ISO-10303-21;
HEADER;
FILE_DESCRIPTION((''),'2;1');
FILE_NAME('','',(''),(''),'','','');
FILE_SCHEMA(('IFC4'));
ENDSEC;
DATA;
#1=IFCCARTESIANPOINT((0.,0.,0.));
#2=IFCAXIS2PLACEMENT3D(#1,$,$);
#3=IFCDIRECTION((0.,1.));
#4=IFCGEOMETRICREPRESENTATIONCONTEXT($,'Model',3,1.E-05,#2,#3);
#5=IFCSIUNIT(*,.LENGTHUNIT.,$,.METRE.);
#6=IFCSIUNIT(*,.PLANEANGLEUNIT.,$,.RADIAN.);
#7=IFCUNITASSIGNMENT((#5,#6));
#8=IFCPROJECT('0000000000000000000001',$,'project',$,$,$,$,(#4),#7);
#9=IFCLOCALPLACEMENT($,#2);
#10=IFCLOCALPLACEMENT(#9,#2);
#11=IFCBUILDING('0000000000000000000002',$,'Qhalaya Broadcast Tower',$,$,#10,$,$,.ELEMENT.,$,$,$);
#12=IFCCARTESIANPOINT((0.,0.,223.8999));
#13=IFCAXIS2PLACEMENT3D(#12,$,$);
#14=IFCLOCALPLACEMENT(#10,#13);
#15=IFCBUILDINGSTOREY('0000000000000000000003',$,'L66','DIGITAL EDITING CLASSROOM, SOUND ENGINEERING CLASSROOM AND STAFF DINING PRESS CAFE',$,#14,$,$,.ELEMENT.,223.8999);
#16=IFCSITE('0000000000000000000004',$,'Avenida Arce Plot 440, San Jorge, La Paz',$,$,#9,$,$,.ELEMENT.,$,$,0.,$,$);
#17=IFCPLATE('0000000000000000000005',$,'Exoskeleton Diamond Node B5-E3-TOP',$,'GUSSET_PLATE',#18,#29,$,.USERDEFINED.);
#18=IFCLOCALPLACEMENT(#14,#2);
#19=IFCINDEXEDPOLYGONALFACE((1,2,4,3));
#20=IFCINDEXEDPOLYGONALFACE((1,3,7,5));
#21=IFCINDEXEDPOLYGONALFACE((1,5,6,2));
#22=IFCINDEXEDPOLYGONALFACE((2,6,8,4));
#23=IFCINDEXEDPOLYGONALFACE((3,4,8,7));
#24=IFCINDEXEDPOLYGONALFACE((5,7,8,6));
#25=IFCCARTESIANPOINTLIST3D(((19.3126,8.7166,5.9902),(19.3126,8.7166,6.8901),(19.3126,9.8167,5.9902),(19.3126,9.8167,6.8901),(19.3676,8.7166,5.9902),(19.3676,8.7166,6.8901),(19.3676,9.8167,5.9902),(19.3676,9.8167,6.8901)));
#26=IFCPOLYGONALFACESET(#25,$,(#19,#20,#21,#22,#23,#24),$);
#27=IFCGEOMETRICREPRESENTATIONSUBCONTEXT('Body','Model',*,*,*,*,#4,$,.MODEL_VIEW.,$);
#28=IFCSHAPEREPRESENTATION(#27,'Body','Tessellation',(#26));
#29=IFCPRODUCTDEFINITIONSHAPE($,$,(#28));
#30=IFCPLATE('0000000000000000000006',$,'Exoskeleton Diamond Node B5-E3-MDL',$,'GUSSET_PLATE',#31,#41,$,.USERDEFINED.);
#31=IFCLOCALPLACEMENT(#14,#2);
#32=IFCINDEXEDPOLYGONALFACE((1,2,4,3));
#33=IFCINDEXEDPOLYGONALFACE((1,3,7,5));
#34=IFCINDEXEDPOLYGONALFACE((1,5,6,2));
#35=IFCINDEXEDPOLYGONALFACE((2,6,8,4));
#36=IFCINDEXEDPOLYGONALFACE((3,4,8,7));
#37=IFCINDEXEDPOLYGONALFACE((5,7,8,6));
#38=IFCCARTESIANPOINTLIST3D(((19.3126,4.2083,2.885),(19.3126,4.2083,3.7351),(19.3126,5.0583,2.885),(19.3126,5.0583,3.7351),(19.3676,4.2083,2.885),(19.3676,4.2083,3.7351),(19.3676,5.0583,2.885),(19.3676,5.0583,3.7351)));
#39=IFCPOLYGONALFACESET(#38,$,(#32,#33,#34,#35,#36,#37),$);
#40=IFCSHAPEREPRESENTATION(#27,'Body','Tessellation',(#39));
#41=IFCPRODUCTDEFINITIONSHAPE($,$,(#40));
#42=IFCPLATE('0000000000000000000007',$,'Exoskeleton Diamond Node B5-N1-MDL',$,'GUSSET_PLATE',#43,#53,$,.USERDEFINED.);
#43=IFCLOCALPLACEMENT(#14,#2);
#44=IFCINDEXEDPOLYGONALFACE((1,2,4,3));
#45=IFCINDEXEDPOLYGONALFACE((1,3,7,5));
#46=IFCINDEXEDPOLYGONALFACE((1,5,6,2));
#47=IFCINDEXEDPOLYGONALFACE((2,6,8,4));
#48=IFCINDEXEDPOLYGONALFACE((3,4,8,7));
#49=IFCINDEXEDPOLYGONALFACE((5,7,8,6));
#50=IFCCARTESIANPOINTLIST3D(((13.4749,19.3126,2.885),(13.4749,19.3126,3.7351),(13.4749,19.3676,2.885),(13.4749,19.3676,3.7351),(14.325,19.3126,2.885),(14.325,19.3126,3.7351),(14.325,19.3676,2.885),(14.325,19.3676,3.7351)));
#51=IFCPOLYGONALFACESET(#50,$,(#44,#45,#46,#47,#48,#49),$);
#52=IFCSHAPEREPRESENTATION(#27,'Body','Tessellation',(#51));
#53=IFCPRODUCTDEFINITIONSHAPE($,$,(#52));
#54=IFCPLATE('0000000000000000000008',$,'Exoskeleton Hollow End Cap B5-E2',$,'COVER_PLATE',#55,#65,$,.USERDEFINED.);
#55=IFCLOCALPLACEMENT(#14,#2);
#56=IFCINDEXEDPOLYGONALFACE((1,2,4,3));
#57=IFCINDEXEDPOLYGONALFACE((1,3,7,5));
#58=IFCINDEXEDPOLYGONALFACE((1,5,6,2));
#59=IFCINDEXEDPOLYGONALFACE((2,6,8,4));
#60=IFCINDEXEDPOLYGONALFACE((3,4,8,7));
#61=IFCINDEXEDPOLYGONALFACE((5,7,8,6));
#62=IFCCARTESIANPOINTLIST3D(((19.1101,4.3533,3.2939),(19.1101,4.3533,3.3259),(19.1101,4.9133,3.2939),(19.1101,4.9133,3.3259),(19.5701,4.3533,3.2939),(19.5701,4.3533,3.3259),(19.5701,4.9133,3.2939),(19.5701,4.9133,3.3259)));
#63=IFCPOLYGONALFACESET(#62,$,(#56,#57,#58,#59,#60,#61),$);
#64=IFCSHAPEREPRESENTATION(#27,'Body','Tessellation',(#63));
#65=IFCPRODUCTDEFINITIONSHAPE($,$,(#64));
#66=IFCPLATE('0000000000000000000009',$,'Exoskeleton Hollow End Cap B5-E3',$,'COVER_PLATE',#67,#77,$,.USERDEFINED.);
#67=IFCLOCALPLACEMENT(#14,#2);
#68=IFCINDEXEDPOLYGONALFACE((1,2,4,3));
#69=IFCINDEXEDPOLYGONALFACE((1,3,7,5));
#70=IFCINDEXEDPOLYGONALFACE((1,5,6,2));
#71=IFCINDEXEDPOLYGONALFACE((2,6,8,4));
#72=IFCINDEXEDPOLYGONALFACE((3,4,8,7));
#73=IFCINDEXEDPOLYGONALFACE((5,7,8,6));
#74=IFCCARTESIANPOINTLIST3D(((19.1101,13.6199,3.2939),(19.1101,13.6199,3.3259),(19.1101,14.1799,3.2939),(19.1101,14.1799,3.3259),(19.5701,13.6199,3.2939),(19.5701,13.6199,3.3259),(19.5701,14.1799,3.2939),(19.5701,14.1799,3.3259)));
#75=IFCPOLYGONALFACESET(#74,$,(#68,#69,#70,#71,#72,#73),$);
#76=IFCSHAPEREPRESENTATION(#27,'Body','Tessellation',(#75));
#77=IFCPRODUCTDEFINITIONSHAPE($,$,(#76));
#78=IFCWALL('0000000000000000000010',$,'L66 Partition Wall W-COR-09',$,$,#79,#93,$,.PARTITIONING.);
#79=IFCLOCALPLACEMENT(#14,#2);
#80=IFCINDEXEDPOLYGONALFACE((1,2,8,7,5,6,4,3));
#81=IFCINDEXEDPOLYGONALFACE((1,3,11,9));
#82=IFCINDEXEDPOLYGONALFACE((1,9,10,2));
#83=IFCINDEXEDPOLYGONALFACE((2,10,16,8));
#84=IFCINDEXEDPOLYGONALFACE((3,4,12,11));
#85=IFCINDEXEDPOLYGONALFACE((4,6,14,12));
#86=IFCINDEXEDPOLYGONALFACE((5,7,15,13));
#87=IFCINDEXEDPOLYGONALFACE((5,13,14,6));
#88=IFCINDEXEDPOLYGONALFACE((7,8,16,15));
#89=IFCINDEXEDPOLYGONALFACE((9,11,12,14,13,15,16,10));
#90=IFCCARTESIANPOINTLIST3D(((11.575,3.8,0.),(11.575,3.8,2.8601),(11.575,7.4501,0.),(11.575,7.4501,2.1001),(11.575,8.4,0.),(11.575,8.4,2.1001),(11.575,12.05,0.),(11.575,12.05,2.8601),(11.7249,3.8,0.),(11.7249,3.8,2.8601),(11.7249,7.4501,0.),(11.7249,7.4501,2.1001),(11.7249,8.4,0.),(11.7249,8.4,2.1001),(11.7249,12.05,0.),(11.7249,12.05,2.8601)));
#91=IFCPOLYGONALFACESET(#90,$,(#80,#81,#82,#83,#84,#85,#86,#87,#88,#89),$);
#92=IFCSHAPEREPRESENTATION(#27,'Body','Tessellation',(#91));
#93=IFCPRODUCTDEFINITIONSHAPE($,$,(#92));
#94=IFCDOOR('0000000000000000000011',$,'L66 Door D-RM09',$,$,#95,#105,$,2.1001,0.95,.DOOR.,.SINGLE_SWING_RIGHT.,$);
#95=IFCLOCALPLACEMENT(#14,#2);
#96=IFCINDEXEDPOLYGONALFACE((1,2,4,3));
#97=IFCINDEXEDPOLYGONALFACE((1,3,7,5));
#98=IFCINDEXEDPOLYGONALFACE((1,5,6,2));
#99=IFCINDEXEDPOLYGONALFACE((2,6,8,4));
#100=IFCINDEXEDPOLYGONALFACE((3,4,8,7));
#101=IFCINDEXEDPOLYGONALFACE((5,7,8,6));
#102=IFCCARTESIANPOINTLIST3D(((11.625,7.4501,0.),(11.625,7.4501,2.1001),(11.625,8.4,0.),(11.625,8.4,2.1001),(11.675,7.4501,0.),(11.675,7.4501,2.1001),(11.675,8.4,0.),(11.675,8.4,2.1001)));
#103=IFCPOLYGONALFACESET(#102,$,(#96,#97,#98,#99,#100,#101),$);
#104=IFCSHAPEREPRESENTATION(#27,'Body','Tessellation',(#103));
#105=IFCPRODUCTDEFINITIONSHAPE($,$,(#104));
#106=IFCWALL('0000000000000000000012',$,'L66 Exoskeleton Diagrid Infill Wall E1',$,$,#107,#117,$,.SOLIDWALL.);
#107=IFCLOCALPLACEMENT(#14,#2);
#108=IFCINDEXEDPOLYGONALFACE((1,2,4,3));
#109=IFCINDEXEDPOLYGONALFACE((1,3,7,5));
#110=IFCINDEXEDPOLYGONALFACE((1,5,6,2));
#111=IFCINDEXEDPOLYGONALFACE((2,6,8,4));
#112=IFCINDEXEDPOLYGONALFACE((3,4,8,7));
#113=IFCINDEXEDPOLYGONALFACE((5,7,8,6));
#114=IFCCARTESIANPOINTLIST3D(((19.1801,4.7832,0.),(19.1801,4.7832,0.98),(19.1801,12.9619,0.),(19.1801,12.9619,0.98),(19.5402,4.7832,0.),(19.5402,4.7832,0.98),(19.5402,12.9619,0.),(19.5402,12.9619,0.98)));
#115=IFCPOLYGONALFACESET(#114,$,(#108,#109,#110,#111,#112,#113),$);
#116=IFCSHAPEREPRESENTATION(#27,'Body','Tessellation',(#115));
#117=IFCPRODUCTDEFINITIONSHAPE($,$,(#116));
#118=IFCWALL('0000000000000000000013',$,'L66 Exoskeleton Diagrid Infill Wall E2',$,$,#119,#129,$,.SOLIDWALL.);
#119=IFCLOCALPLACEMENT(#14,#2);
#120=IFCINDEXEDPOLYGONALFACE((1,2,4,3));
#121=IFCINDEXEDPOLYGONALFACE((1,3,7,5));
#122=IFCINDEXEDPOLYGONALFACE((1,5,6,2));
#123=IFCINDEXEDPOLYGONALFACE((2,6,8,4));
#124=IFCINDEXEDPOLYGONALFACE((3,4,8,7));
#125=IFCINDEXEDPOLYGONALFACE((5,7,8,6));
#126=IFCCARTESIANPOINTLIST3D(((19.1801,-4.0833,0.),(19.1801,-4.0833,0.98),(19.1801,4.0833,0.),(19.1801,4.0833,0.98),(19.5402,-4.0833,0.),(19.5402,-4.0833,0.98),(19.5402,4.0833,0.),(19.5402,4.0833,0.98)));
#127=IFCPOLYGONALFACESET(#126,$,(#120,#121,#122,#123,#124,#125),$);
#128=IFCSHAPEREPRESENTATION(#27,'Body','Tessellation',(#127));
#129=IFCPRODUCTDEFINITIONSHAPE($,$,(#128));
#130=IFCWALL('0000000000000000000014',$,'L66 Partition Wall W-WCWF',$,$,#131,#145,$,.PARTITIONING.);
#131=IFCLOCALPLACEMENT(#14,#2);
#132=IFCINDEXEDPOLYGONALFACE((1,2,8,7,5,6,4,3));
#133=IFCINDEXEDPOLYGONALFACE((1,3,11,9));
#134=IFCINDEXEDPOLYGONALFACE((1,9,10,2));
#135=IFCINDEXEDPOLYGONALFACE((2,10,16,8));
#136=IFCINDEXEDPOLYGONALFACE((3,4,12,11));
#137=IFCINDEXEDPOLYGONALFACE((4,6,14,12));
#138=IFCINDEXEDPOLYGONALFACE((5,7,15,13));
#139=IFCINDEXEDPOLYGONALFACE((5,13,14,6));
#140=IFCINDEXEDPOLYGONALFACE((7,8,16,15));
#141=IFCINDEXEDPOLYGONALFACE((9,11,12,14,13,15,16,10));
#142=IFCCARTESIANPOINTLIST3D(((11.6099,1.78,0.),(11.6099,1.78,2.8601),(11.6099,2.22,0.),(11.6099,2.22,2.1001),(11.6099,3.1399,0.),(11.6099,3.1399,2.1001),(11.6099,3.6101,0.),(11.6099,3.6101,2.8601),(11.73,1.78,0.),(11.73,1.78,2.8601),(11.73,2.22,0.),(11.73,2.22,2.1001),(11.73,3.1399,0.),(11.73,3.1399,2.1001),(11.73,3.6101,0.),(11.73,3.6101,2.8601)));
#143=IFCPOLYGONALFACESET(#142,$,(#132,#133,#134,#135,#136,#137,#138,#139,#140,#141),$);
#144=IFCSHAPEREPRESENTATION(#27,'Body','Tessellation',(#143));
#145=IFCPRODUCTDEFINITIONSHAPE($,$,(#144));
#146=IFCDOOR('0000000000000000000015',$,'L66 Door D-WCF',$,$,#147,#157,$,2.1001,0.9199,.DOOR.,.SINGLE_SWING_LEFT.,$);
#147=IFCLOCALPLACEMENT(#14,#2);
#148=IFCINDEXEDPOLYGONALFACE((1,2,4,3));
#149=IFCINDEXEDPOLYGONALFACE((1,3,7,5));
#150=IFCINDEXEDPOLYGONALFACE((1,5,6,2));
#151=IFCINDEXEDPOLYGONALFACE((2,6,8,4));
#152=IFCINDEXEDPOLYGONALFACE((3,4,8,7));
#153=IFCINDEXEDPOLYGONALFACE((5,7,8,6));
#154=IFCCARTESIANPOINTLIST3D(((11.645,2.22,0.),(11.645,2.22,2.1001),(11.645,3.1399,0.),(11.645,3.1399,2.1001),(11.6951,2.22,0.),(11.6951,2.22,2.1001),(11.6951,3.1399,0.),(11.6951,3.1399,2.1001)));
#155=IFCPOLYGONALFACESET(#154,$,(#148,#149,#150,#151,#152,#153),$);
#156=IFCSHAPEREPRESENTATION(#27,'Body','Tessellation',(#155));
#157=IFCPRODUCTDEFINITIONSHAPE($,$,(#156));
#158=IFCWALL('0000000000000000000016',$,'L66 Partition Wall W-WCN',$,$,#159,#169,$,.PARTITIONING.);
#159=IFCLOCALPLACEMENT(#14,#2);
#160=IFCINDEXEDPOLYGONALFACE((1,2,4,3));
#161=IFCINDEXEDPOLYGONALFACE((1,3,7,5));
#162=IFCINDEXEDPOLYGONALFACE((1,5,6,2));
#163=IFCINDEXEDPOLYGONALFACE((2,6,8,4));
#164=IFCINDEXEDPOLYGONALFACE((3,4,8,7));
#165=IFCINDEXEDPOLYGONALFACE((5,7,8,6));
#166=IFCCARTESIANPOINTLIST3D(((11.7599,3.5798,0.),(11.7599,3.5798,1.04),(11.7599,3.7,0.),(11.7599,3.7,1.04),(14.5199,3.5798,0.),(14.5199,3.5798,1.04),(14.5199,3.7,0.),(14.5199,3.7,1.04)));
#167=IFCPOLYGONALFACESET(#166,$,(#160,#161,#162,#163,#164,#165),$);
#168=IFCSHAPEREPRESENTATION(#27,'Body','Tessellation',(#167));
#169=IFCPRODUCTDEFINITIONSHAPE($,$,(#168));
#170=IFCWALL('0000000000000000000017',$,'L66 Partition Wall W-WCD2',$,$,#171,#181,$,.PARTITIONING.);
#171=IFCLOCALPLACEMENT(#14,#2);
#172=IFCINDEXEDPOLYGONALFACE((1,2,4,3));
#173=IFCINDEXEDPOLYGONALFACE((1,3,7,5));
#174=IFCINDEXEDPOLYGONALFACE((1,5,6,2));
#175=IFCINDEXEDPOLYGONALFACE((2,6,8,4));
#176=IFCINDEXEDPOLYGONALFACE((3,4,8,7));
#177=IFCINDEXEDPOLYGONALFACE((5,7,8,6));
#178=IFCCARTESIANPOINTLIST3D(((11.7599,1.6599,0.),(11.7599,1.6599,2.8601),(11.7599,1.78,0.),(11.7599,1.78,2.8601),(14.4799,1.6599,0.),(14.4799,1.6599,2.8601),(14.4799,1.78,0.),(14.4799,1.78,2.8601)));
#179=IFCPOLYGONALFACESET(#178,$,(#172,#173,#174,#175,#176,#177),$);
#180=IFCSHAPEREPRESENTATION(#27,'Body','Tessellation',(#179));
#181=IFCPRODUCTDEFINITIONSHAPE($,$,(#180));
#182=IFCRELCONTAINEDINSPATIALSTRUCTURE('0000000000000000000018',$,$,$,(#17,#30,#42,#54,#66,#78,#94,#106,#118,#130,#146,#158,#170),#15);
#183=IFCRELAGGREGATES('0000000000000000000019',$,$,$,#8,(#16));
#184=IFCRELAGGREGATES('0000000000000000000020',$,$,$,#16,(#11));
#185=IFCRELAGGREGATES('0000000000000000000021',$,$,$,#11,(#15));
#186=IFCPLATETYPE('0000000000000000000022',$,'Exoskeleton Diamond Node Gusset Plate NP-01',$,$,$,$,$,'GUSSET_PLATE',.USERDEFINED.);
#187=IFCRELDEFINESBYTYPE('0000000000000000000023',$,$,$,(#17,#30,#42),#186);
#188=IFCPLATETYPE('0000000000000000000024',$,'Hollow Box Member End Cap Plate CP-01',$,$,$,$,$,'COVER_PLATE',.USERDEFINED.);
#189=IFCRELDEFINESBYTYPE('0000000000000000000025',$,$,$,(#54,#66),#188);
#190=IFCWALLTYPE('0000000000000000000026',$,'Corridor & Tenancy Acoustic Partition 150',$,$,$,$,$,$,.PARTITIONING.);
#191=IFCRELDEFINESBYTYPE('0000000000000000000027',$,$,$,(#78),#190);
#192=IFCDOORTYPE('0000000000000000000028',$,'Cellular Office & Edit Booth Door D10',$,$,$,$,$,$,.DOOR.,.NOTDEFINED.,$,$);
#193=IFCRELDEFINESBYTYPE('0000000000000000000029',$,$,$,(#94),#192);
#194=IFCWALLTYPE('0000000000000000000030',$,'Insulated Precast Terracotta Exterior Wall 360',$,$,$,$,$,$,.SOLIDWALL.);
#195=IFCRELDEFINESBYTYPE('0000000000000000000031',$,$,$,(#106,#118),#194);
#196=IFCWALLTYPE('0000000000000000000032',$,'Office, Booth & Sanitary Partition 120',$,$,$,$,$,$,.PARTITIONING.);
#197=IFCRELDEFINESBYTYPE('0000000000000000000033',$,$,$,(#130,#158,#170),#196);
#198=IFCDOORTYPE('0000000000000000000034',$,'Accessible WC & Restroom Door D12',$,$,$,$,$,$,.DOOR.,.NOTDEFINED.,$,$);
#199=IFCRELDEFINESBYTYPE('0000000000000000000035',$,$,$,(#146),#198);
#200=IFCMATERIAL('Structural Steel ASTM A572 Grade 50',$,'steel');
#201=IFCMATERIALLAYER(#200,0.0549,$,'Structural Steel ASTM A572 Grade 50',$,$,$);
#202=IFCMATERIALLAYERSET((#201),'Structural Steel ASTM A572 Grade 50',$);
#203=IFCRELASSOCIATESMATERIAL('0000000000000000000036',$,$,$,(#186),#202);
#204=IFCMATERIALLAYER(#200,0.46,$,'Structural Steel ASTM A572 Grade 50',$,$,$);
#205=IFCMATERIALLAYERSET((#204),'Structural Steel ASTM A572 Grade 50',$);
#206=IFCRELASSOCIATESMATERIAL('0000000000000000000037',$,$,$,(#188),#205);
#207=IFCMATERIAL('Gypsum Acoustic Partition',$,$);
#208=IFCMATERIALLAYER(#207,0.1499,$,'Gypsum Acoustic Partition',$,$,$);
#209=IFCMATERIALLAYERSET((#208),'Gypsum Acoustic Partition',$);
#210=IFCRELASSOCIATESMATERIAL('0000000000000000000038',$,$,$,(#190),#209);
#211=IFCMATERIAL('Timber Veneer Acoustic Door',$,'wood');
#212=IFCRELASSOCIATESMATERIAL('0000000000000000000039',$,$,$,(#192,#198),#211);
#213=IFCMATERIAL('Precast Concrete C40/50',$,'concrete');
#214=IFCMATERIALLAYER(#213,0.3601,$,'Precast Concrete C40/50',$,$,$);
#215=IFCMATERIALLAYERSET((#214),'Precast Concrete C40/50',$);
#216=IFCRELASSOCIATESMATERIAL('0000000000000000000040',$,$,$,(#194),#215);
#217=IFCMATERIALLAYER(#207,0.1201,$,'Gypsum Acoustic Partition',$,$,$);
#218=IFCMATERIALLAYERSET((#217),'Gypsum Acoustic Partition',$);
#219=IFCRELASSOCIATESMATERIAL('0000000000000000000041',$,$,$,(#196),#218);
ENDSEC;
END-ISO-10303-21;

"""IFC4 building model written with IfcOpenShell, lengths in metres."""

from ifc_helpers import new_model, si_unit, direction, frame, frame_2d, origin, origin_2d, place, context, subcontext, project, spatial, rectangle, extrude, material, layer, layer_set, type_object, element, fill, save


model = new_model("IFC4")

# Units and contexts
model_context = context("Model", 3, precision=1e-05, world=origin(), true_north=direction((0.0, 1.0)))
body_context = subcontext(model_context, "Body", "Model", "MODEL_VIEW")
ifc_project = project(units=[si_unit("LENGTHUNIT", "METRE"), si_unit("PLANEANGLEUNIT", "RADIAN")], contexts=[model_context])

# Site, building, storey
site_placement = place(None, origin())
site = spatial("IfcSite", under=ifc_project, at=site_placement, Name="Avenida Arce Plot 440, San Jorge, La Paz", CompositionType="ELEMENT", RefElevation=0.0)
building_placement = place(site_placement, origin())
building = spatial("IfcBuilding", under=site, at=building_placement, Name="Qhalaya Broadcast Tower", CompositionType="ELEMENT")
storey_placement = place(building_placement, frame((0.0, 0.0, 223.8999)))
storey = spatial("IfcBuildingStorey", under=building, at=storey_placement, Name="L66", Description="DIGITAL EDITING CLASSROOM, SOUND ENGINEERING CLASSROOM AND STAFF DINING PRESS CAFE", CompositionType="ELEMENT", Elevation=223.8999)

# Shared definitions
ifc_material_1 = material(Name="Structural Steel ASTM A572 Grade 50", Category="steel")

# Plates
ifc_layer_1 = layer(ifc_material_1, 0.0549, Name="Structural Steel ASTM A572 Grade 50")
ifc_layer_set_1 = layer_set([ifc_layer_1], Name="Structural Steel ASTM A572 Grade 50")
plate_type_1 = type_object("IfcPlateType", Name="Exoskeleton Diamond Node Gusset Plate NP-01", ElementType="GUSSET_PLATE", PredefinedType="USERDEFINED", material=ifc_layer_set_1)
for number, where, z_axis, x_axis, name in (
    (1, (19.3401, 9.2666, 5.9902), (0.0, 0.0, 1.0), (0.0, 1.0, 0.0), "Exoskeleton Diamond Node B5-E3-TOP"),
):
    element("IfcPlate", number, at=place(storey_placement, frame(where, z_axis=z_axis, x_axis=x_axis)), inside=storey, type_object=plate_type_1, Name=name, ObjectType="GUSSET_PLATE", PredefinedType="USERDEFINED", context=body_context, shape_type="SweptSolid", body=[
        extrude(rectangle(XDim=1.1001, YDim=0.0549, at=origin_2d()), origin(), (0.0, 0.0, 1.0), 0.8999),
    ])
for number, where, z_axis, x_axis, name in (
    (2, (19.3401, 4.6333, 2.885), (0.0, 0.0, 1.0), (0.0, 1.0, 0.0), "Exoskeleton Diamond Node B5-E3-MDL"),
    (3, (13.8999, 19.3401, 2.885), (0.0, 0.0, 1.0), (1.0, 0.0, 0.0), "Exoskeleton Diamond Node B5-N1-MDL"),
):
    element("IfcPlate", number, at=place(storey_placement, frame(where, z_axis=z_axis, x_axis=x_axis)), inside=storey, type_object=plate_type_1, Name=name, ObjectType="GUSSET_PLATE", PredefinedType="USERDEFINED", context=body_context, shape_type="SweptSolid", body=[
        extrude(rectangle(XDim=0.8501, YDim=0.0549, at=origin_2d()), origin(), (0.0, 0.0, 1.0), 0.8501),
    ])
ifc_layer_2 = layer(ifc_material_1, 0.46, Name="Structural Steel ASTM A572 Grade 50")
ifc_layer_set_2 = layer_set([ifc_layer_2], Name="Structural Steel ASTM A572 Grade 50")
plate_type_2 = type_object("IfcPlateType", Name="Hollow Box Member End Cap Plate CP-01", ElementType="COVER_PLATE", PredefinedType="USERDEFINED", material=ifc_layer_set_2)
for number, where, z_axis, x_axis, name in (
    (4, (19.3401, 4.6333, 3.2939), (0.0, 0.0, 1.0), (0.0, 1.0, 0.0), "Exoskeleton Hollow End Cap B5-E2"),
    (5, (19.3401, 13.8999, 3.2939), (0.0, 0.0, 1.0), (0.0, 1.0, 0.0), "Exoskeleton Hollow End Cap B5-E3"),
):
    element("IfcPlate", number, at=place(storey_placement, frame(where, z_axis=z_axis, x_axis=x_axis)), inside=storey, type_object=plate_type_2, Name=name, ObjectType="COVER_PLATE", PredefinedType="USERDEFINED", context=body_context, shape_type="SweptSolid", body=[
        extrude(rectangle(XDim=0.5601, YDim=0.46, at=origin_2d()), origin(), (0.0, 0.0, 1.0), 0.032),
    ])

# Wall, opening, door
ifc_material_2 = material(Name="Gypsum Acoustic Partition")
ifc_layer_3 = layer(ifc_material_2, 0.1499, Name="Gypsum Acoustic Partition")
ifc_layer_set_3 = layer_set([ifc_layer_3], Name="Gypsum Acoustic Partition")
wall_type_1 = type_object("IfcWallType", Name="Corridor & Tenancy Acoustic Partition 150", PredefinedType="PARTITIONING", material=ifc_layer_set_3)
wall_1_placement = place(storey_placement, frame((11.6499, 3.8, 0.0), z_axis=(0.0, 0.0, 1.0), x_axis=(0.0, 1.0, 0.0)))
wall_1 = element("IfcWall", 6, at=wall_1_placement, inside=storey, type_object=wall_type_1, Name="L66 Partition Wall W-COR-09", PredefinedType="PARTITIONING", context=body_context, shape_type="SweptSolid", body=[
    extrude(rectangle(XDim=8.25, YDim=0.1499, at=frame_2d((4.125, 0.0))), origin(), (0.0, 0.0, 1.0), 2.8601),
])
opening_1_placement = place(wall_1_placement, frame((3.6499, 0.0, 0.0)))
opening_1 = element("IfcOpeningElement", 7, at=opening_1_placement, cuts=wall_1, PredefinedType="OPENING", context=body_context, shape_type="SweptSolid", body=[
    extrude(rectangle(XDim=0.95, YDim=2.1001, at=frame_2d((0.4751, 1.05))), frame((0.0, 0.0869, 0.0), z_axis=(0.0, -1.0, 0.0), x_axis=(1.0, 0.0, 0.0)), (0.0, 0.0, 1.0), 0.1738),
])
ifc_material_3 = material(Name="Timber Veneer Acoustic Door", Category="wood")
door_type_1 = type_object("IfcDoorType", Name="Cellular Office & Edit Booth Door D10", OperationType="NOTDEFINED", PredefinedType="DOOR", material=ifc_material_3)
door_1_placement = place(opening_1_placement, origin())
door_1 = element("IfcDoor", 8, at=door_1_placement, inside=storey, type_object=door_type_1, Name="L66 Door D-RM09", OperationType="SINGLE_SWING_RIGHT", OverallHeight=2.1001, OverallWidth=0.95, PredefinedType="DOOR", context=body_context, shape_type="SweptSolid", body=[
    extrude(rectangle(XDim=0.95, YDim=2.1001, at=frame_2d((0.4751, 1.05))), frame((0.0, 0.0249, 0.0), z_axis=(0.0, -1.0, 0.0), x_axis=(1.0, 0.0, 0.0)), (0.0, 0.0, 1.0), 0.05),
])
fill(opening_1, door_1)

# Walls
ifc_material_4 = material(Name="Precast Concrete C40/50", Category="concrete")
ifc_layer_4 = layer(ifc_material_4, 0.3601, Name="Precast Concrete C40/50")
ifc_layer_set_4 = layer_set([ifc_layer_4], Name="Precast Concrete C40/50")
wall_type_2 = type_object("IfcWallType", Name="Insulated Precast Terracotta Exterior Wall 360", PredefinedType="SOLIDWALL", material=ifc_layer_set_4)
wall_2_placement = place(storey_placement, frame((19.3601, 12.9619, 0.0), z_axis=(0.0, 0.0, 1.0), x_axis=(0.0, -1.0, 0.0)))
element("IfcWall", 9, at=wall_2_placement, inside=storey, type_object=wall_type_2, Name="L66 Exoskeleton Diagrid Infill Wall E1", PredefinedType="SOLIDWALL", context=body_context, shape_type="SweptSolid", body=[
    extrude(rectangle(XDim=8.1787, YDim=0.3601, at=frame_2d((4.0894, 0.0))), origin(), (0.0, 0.0, 1.0), 0.98),
])
wall_3_placement = place(storey_placement, frame((19.3601, 4.0833, 0.0), z_axis=(0.0, 0.0, 1.0), x_axis=(0.0, -1.0, 0.0)))
element("IfcWall", 10, at=wall_3_placement, inside=storey, type_object=wall_type_2, Name="L66 Exoskeleton Diagrid Infill Wall E2", PredefinedType="SOLIDWALL", context=body_context, shape_type="SweptSolid", body=[
    extrude(rectangle(XDim=8.1665, YDim=0.3601, at=frame_2d((4.0833, 0.0))), origin(), (0.0, 0.0, 1.0), 0.98),
])

# Wall, opening, door
ifc_layer_5 = layer(ifc_material_2, 0.1201, Name="Gypsum Acoustic Partition")
ifc_layer_set_5 = layer_set([ifc_layer_5], Name="Gypsum Acoustic Partition")
wall_type_3 = type_object("IfcWallType", Name="Office, Booth & Sanitary Partition 120", PredefinedType="PARTITIONING", material=ifc_layer_set_5)
wall_4_placement = place(storey_placement, frame((11.6699, 1.78, 0.0), z_axis=(0.0, 0.0, 1.0), x_axis=(0.0, 1.0, 0.0)))
wall_4 = element("IfcWall", 11, at=wall_4_placement, inside=storey, type_object=wall_type_3, Name="L66 Partition Wall W-WCWF", PredefinedType="PARTITIONING", context=body_context, shape_type="SweptSolid", body=[
    extrude(rectangle(XDim=1.8301, YDim=0.1201, at=frame_2d((0.915, 0.0))), origin(), (0.0, 0.0, 1.0), 2.8601),
])
opening_2_placement = place(wall_4_placement, frame((0.4399, 0.0, 0.0)))
opening_2 = element("IfcOpeningElement", 12, at=opening_2_placement, cuts=wall_4, PredefinedType="OPENING", context=body_context, shape_type="SweptSolid", body=[
    extrude(rectangle(XDim=0.9199, YDim=2.1001, at=frame_2d((0.46, 1.05))), frame((0.0, 0.072, 0.0), z_axis=(0.0, -1.0, 0.0), x_axis=(1.0, 0.0, 0.0)), (0.0, 0.0, 1.0), 0.144),
])
door_type_2 = type_object("IfcDoorType", Name="Accessible WC & Restroom Door D12", OperationType="NOTDEFINED", PredefinedType="DOOR", material=ifc_material_3)
door_2_placement = place(opening_2_placement, origin())
door_2 = element("IfcDoor", 13, at=door_2_placement, inside=storey, type_object=door_type_2, Name="L66 Door D-WCF", OperationType="SINGLE_SWING_LEFT", OverallHeight=2.1001, OverallWidth=0.9199, PredefinedType="DOOR", context=body_context, shape_type="SweptSolid", body=[
    extrude(rectangle(XDim=0.9199, YDim=2.1001, at=frame_2d((0.46, 1.05))), frame((0.0, 0.0249, 0.0), z_axis=(0.0, -1.0, 0.0), x_axis=(1.0, 0.0, 0.0)), (0.0, 0.0, 1.0), 0.05),
])
fill(opening_2, door_2)

# Walls
wall_5_placement = place(storey_placement, frame((11.76, 3.6399, 0.0), z_axis=(0.0, 0.0, 1.0), x_axis=(1.0, 0.0, 0.0)))
element("IfcWall", 14, at=wall_5_placement, inside=storey, type_object=wall_type_3, Name="L66 Partition Wall W-WCN", PredefinedType="PARTITIONING", context=body_context, shape_type="SweptSolid", body=[
    extrude(rectangle(XDim=2.76, YDim=0.1201, at=frame_2d((1.3799, 0.0))), origin(), (0.0, 0.0, 1.0), 1.04),
])
wall_6_placement = place(storey_placement, frame((11.76, 1.72, 0.0), z_axis=(0.0, 0.0, 1.0), x_axis=(1.0, 0.0, 0.0)))
element("IfcWall", 15, at=wall_6_placement, inside=storey, type_object=wall_type_3, Name="L66 Partition Wall W-WCD2", PredefinedType="PARTITIONING", context=body_context, shape_type="SweptSolid", body=[
    extrude(rectangle(XDim=2.72, YDim=0.1201, at=frame_2d((1.3599, 0.0))), origin(), (0.0, 0.0, 1.0), 2.8601),
])

save(model, "model.ifc")
